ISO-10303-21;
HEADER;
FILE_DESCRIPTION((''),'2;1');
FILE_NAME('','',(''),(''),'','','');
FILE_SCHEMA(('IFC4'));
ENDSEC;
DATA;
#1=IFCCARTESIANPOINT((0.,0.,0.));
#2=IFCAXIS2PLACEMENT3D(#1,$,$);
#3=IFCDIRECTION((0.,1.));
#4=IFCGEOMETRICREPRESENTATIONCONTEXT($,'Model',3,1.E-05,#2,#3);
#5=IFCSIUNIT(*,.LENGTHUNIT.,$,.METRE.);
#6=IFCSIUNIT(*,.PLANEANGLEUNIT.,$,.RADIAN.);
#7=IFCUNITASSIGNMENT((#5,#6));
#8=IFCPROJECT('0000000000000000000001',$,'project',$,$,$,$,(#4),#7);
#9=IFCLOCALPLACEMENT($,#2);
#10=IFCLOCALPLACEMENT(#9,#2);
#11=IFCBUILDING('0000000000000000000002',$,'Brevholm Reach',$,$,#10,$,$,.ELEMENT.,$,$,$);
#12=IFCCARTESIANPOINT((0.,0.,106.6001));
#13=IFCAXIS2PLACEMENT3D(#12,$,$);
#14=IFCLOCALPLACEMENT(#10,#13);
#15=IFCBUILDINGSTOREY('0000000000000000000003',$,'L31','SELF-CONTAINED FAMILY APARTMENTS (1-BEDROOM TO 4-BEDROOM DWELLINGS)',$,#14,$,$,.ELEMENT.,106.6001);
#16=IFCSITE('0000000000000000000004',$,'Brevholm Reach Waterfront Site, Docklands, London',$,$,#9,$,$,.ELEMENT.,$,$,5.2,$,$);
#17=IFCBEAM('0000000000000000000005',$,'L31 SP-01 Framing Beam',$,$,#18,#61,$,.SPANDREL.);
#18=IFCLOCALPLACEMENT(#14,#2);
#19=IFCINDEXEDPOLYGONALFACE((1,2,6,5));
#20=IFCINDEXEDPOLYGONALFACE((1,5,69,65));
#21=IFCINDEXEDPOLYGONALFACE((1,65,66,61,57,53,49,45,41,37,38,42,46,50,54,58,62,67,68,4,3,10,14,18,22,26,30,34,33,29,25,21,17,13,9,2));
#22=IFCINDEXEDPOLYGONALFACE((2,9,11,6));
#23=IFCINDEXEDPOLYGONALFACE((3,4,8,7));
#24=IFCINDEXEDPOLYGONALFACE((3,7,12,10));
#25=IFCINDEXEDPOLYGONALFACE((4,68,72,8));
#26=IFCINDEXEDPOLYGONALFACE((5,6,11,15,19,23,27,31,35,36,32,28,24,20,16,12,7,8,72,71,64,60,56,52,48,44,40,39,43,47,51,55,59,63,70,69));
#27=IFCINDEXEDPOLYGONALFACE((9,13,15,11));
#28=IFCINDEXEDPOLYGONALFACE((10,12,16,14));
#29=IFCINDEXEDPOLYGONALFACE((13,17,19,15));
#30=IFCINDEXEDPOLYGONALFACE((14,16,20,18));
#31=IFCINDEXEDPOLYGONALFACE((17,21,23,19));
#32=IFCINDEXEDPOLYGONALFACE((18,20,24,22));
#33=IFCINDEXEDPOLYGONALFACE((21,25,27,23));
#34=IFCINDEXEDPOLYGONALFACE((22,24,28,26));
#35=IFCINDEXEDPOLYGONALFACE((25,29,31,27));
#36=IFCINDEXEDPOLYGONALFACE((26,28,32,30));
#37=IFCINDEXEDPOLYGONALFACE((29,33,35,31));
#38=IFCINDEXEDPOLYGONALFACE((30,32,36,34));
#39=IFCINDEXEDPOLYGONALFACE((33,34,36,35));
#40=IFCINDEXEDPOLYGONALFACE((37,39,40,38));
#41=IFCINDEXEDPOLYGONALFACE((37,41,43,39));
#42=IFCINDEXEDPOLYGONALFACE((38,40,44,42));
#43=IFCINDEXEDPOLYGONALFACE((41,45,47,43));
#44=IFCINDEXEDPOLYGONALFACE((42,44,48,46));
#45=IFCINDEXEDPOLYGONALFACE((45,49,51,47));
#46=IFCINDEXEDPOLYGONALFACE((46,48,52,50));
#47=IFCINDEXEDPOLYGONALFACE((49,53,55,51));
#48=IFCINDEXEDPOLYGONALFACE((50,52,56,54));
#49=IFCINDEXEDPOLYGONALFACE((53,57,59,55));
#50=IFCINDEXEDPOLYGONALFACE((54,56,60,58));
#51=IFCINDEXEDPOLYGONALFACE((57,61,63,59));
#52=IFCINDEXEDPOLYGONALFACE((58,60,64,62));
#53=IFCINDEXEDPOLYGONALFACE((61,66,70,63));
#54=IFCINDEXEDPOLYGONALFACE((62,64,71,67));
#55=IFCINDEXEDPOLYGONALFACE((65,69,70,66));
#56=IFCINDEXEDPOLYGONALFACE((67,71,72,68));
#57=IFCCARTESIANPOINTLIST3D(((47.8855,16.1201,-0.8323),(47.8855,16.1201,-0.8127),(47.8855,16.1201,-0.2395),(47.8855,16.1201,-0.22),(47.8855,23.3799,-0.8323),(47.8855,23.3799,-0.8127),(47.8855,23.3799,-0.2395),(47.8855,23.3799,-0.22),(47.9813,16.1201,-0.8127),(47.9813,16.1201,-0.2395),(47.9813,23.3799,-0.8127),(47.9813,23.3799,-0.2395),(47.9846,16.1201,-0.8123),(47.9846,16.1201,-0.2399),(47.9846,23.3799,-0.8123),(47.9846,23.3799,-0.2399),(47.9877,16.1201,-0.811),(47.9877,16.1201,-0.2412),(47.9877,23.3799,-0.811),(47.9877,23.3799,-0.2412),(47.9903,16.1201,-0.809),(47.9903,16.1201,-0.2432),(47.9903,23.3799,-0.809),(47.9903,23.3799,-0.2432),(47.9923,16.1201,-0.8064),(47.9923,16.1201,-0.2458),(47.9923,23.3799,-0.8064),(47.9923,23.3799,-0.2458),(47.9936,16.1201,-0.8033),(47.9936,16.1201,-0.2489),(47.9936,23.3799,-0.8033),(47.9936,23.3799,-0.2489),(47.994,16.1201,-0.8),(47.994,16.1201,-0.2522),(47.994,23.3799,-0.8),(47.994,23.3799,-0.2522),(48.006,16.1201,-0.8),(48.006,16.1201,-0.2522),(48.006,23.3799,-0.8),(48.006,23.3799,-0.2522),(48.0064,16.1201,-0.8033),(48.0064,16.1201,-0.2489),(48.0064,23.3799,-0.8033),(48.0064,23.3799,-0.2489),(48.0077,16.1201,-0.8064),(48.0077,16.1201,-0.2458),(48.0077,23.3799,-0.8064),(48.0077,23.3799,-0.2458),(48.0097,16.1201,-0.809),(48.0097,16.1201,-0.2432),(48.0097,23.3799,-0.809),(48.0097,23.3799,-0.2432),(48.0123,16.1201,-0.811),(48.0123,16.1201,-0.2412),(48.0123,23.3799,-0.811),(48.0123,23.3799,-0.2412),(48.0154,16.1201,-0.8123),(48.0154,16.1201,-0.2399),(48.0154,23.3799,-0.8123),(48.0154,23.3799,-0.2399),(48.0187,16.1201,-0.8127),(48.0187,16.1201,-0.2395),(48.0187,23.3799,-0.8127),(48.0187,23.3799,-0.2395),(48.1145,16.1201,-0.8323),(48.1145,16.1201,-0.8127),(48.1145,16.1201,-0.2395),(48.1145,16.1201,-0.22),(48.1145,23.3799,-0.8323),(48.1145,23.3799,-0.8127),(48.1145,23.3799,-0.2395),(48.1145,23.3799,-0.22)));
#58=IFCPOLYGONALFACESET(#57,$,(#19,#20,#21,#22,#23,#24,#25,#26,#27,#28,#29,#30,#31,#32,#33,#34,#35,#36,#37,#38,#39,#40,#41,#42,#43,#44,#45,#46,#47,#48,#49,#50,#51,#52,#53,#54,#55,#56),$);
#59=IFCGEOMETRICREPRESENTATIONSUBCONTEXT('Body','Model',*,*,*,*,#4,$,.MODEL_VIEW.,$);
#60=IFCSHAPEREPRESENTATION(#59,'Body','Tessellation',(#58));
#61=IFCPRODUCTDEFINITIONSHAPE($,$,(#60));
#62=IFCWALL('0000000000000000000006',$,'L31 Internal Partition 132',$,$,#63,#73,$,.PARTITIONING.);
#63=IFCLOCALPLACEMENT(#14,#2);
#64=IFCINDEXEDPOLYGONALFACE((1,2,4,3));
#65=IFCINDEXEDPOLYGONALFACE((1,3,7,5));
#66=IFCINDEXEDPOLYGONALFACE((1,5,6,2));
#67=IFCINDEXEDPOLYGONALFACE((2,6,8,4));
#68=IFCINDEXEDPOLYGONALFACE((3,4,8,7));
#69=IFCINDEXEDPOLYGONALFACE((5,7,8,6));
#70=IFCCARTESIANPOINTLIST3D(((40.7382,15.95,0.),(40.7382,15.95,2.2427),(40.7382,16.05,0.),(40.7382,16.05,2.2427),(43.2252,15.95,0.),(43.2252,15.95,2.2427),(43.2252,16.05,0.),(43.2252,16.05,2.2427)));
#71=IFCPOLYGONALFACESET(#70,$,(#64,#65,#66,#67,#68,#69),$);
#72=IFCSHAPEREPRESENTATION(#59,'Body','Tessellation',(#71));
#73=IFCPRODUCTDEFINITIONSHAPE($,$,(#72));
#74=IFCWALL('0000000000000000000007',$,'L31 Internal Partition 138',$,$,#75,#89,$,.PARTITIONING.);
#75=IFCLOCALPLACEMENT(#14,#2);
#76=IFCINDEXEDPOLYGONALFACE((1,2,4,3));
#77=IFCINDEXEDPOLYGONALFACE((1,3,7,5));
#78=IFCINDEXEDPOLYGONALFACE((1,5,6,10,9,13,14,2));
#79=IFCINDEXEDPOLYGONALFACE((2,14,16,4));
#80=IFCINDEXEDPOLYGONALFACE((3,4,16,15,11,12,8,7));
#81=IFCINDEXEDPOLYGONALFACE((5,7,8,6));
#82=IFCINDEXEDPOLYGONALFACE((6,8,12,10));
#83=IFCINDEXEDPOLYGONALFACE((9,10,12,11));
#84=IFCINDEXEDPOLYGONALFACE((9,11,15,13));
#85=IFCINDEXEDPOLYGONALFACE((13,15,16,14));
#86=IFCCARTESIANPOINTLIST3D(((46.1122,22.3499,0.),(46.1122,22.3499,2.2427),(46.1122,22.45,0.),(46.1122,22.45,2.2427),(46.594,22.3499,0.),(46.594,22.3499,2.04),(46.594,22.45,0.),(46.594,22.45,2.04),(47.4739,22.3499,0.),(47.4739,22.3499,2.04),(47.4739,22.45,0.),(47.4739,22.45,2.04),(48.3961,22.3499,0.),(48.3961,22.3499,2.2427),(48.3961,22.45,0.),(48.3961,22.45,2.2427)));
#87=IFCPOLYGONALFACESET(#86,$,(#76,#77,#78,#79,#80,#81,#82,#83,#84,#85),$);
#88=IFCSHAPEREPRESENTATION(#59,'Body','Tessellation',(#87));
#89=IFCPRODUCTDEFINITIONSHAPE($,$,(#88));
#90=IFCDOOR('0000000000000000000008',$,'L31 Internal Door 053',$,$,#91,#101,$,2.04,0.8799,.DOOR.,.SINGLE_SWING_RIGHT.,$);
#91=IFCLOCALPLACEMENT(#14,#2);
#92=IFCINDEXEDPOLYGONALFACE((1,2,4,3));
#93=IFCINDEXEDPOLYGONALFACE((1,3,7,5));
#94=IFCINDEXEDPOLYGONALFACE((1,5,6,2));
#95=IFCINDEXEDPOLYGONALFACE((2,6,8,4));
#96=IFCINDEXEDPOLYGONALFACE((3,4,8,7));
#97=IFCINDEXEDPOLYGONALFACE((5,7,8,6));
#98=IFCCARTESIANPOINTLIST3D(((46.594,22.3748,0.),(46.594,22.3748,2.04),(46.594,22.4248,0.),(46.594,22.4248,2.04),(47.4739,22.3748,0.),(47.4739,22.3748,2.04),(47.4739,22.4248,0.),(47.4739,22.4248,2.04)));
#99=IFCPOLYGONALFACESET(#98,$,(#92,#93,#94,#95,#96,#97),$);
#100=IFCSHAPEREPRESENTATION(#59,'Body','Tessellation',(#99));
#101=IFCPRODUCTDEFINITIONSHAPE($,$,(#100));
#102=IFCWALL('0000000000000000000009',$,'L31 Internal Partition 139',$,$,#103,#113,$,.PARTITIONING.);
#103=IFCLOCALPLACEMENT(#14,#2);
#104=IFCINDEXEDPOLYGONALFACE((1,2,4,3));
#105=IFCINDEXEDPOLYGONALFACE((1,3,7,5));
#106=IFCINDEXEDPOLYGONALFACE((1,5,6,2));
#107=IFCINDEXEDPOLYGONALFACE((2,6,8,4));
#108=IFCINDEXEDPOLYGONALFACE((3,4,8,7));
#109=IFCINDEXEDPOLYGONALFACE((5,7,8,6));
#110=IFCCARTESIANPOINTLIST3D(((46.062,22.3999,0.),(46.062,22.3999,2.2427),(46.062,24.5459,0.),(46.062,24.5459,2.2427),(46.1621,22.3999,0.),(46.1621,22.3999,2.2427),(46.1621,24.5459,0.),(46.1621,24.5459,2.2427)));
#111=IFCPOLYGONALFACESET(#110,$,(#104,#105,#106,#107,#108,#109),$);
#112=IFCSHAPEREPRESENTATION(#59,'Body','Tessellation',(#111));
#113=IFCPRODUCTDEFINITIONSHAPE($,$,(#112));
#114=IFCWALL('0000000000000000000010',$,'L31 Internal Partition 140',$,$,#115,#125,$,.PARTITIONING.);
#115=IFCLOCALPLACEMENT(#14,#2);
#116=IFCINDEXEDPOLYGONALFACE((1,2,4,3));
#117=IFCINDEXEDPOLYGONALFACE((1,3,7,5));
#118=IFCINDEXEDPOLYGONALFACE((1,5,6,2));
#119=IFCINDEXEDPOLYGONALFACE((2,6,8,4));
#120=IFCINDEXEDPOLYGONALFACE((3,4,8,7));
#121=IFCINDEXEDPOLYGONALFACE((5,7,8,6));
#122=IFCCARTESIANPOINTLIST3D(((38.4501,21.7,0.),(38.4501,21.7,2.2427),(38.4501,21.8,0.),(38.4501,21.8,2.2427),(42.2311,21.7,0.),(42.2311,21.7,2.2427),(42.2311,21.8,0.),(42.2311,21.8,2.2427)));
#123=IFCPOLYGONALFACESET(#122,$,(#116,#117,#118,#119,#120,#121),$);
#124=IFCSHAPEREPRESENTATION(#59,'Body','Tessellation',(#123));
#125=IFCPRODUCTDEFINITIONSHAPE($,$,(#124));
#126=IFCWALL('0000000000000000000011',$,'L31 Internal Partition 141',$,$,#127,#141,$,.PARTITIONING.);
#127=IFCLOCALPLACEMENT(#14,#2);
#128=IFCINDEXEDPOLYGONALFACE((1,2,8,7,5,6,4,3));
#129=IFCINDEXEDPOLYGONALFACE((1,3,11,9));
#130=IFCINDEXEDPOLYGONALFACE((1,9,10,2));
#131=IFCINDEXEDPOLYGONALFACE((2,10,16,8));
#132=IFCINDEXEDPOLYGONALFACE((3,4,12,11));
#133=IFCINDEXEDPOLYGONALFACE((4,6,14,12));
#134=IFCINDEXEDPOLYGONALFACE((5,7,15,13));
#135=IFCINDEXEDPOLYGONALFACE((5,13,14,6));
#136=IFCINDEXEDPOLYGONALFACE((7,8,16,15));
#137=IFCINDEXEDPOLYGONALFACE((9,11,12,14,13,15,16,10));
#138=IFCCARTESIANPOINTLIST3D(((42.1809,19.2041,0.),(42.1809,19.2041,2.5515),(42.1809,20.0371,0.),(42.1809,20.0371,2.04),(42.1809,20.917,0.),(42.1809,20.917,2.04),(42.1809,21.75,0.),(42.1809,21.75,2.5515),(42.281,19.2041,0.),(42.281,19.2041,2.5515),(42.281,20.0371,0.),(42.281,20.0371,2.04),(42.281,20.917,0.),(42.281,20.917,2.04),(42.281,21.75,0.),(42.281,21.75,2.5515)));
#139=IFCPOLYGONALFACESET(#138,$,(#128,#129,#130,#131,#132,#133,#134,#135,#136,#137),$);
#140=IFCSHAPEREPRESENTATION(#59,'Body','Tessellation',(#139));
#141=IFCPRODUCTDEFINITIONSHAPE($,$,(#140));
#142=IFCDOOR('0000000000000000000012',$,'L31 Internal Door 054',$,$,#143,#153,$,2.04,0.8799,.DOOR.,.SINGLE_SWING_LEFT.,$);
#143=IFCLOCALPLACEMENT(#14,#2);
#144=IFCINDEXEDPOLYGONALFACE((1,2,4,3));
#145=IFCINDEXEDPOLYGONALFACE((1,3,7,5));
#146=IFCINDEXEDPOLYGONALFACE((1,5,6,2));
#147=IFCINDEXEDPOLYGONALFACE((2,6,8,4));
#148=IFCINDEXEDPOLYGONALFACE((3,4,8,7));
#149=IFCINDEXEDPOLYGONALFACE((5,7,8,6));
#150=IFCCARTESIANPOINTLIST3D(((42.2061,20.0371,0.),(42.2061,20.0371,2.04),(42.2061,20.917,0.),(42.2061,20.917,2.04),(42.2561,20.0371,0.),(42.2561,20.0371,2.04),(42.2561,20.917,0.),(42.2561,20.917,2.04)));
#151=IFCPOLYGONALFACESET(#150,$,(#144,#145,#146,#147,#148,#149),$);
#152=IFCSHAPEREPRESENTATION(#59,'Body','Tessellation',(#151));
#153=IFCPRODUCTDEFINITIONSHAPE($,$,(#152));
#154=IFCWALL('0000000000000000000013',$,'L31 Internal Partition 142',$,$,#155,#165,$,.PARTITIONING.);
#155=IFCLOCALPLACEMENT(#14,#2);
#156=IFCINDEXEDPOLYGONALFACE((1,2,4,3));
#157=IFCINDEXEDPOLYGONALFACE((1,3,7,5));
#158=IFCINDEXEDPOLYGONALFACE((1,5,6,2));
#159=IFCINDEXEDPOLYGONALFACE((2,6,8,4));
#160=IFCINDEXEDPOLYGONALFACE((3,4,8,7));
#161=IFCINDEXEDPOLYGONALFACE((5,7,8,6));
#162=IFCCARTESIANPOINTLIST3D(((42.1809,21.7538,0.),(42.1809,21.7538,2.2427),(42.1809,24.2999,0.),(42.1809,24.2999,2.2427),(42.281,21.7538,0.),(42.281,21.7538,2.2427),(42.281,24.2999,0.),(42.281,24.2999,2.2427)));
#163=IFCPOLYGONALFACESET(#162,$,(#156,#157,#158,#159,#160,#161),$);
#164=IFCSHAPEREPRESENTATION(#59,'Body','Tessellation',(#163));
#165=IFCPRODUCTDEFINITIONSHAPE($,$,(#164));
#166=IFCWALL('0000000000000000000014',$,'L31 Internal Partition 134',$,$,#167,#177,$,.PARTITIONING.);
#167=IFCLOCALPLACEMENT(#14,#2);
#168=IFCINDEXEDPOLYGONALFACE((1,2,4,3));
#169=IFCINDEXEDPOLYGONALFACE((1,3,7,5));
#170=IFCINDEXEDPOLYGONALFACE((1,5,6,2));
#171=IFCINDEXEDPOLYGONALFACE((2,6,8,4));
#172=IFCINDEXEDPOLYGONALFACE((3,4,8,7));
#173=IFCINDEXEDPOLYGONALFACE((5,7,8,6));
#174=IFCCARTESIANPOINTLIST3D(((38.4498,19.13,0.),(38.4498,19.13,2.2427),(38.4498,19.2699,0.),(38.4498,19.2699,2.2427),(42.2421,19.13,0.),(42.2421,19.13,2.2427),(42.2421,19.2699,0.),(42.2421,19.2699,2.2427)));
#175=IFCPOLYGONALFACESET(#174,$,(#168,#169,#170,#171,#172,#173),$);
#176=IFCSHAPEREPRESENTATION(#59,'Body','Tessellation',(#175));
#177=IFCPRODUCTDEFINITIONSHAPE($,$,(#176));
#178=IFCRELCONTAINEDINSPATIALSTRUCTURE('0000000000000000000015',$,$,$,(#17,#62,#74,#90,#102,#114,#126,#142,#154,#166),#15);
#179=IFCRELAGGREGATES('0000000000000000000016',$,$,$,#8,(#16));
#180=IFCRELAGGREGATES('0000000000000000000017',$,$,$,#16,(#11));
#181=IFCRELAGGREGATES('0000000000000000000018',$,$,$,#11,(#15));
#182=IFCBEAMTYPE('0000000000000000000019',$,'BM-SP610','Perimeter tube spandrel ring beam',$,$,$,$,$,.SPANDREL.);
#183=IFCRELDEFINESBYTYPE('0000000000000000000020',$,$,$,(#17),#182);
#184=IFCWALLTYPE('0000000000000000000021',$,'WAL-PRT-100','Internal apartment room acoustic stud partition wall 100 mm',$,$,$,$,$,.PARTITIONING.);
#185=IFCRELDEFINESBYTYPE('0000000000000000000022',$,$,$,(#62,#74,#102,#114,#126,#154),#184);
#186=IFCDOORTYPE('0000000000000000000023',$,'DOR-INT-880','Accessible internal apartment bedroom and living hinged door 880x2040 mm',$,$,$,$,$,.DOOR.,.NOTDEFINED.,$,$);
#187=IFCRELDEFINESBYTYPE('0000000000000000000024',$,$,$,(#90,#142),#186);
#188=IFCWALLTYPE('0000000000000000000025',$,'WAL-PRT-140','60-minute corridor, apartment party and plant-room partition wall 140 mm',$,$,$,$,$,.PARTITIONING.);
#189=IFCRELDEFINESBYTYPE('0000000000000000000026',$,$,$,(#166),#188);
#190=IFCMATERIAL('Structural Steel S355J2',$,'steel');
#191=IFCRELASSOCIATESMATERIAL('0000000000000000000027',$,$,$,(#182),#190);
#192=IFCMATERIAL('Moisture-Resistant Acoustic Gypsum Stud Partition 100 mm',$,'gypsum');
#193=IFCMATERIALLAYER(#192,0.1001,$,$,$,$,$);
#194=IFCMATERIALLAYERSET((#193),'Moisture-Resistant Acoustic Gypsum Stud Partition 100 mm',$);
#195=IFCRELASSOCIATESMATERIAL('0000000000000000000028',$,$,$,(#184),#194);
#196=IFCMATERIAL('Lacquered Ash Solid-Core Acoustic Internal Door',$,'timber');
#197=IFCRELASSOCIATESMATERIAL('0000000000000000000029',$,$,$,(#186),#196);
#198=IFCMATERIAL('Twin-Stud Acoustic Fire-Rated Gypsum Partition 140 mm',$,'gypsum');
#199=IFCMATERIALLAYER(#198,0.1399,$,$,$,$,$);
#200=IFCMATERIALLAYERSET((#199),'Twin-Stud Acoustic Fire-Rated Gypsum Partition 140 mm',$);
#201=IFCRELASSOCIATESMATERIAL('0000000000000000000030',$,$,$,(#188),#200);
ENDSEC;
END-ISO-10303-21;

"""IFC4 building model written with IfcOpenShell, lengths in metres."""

from ifc_helpers import new_model, si_unit, direction, frame, frame_2d, origin, origin_2d, place, context, subcontext, project, spatial, rectangle, i_section, extrude, material, layer, layer_set, material_profile, profile_set, type_object, element, fill, save


model = new_model("IFC4")

# Units and contexts
model_context = context("Model", 3, precision=1e-05, world=origin(), true_north=direction((0.0, 1.0)))
body_context = subcontext(model_context, "Body", "Model", "MODEL_VIEW")
ifc_project = project(units=[si_unit("LENGTHUNIT", "METRE"), si_unit("PLANEANGLEUNIT", "RADIAN")], contexts=[model_context])

# Site, building, storey
site_placement = place(None, origin())
site = spatial("IfcSite", under=ifc_project, at=site_placement, Name="Brevholm Reach Waterfront Site, Docklands, London", CompositionType="ELEMENT", RefElevation=5.2)
building_placement = place(site_placement, origin())
building = spatial("IfcBuilding", under=site, at=building_placement, Name="Brevholm Reach", CompositionType="ELEMENT")
storey_placement = place(building_placement, frame((0.0, 0.0, 106.6001)))
storey = spatial("IfcBuildingStorey", under=building, at=storey_placement, Name="L31", Description="SELF-CONTAINED FAMILY APARTMENTS (1-BEDROOM TO 4-BEDROOM DWELLINGS)", CompositionType="ELEMENT", Elevation=106.6001)

# Beam
ifc_material_1 = material(Name="Structural Steel S355J2", Category="steel")
ifc_material_profile_1 = material_profile(ifc_material_1, i_section(OverallWidth=0.229, OverallDepth=0.6123, WebThickness=0.012, FlangeThickness=0.0195, FilletRadius=0.0127, at=origin_2d()), Name="UKB 610x229x125")
ifc_profile_set_1 = profile_set([ifc_material_profile_1], Name="Structural Steel S355J2")
beam_type_1 = type_object("IfcBeamType", Name="BM-SP610", Description="Perimeter tube spandrel ring beam", PredefinedType="SPANDREL", material=ifc_profile_set_1)
for number, where, z_axis, x_axis, name in (
    (1, (48.0, 16.1201, -0.5261), (0.0, 1.0, 0.0), (-1.0, 0.0, 0.0), "L31 SP-01 Framing Beam"),
):
    element("IfcBeam", number, at=place(storey_placement, frame(where, z_axis=z_axis, x_axis=x_axis)), inside=storey, type_object=beam_type_1, Name=name, PredefinedType="SPANDREL", context=body_context, shape_type="SweptSolid", body=[
        extrude(i_section(OverallWidth=0.229, OverallDepth=0.6123, WebThickness=0.012, FlangeThickness=0.0195, FilletRadius=0.0127, at=origin_2d()), origin(), (0.0, 0.0, 1.0), 7.2598),
    ])

# Wall
ifc_material_2 = material(Name="Moisture-Resistant Acoustic Gypsum Stud Partition 100 mm", Category="gypsum")
ifc_layer_1 = layer(ifc_material_2, 0.1001)
ifc_layer_set_1 = layer_set([ifc_layer_1], Name="Moisture-Resistant Acoustic Gypsum Stud Partition 100 mm")
wall_type_1 = type_object("IfcWallType", Name="WAL-PRT-100", Description="Internal apartment room acoustic stud partition wall 100 mm", PredefinedType="PARTITIONING", material=ifc_layer_set_1)
wall_1_placement = place(storey_placement, frame((40.738, 16.0, 0.0), z_axis=(0.0, 0.0, 1.0), x_axis=(1.0, 0.0, 0.0)))
element("IfcWall", 2, at=wall_1_placement, inside=storey, type_object=wall_type_1, Name="L31 Internal Partition 132", PredefinedType="PARTITIONING", context=body_context, shape_type="SweptSolid", body=[
    extrude(rectangle(XDim=2.4871, YDim=0.1001, at=frame_2d((1.2437, 0.0))), origin(), (0.0, 0.0, 1.0), 2.2427),
])

# Wall, opening, door
wall_2_placement = place(storey_placement, frame((46.1121, 22.3999, 0.0), z_axis=(0.0, 0.0, 1.0), x_axis=(1.0, 0.0, 0.0)))
wall_2 = element("IfcWall", 3, at=wall_2_placement, inside=storey, type_object=wall_type_1, Name="L31 Internal Partition 138", PredefinedType="PARTITIONING", context=body_context, shape_type="SweptSolid", body=[
    extrude(rectangle(XDim=2.2839, YDim=0.1001, at=frame_2d((1.1421, 0.0))), origin(), (0.0, 0.0, 1.0), 2.2427),
])
opening_1_placement = place(wall_2_placement, frame((0.4819, 0.0, 0.0)))
opening_1 = element("IfcOpeningElement", 4, at=opening_1_placement, cuts=wall_2, PredefinedType="OPENING", context=body_context, shape_type="SweptSolid", body=[
    extrude(rectangle(XDim=0.8799, YDim=2.04, at=frame_2d((0.4399, 1.02))), frame((0.0, 0.0601, 0.0), z_axis=(0.0, -1.0, 0.0), x_axis=(1.0, 0.0, 0.0)), (0.0, 0.0, 1.0), 0.1201),
])
ifc_material_3 = material(Name="Lacquered Ash Solid-Core Acoustic Internal Door", Category="timber")
door_type = type_object("IfcDoorType", Name="DOR-INT-880", Description="Accessible internal apartment bedroom and living hinged door 880x2040 mm", OperationType="NOTDEFINED", PredefinedType="DOOR", material=ifc_material_3)
door_1_placement = place(opening_1_placement, origin())
door_1 = element("IfcDoor", 5, at=door_1_placement, inside=storey, type_object=door_type, Name="L31 Internal Door 053", OperationType="SINGLE_SWING_RIGHT", OverallHeight=2.04, OverallWidth=0.8799, PredefinedType="DOOR", context=body_context, shape_type="SweptSolid", body=[
    extrude(rectangle(XDim=0.8799, YDim=2.04, at=frame_2d((0.4399, 1.02))), frame((0.0, 0.0249, 0.0), z_axis=(0.0, -1.0, 0.0), x_axis=(1.0, 0.0, 0.0)), (0.0, 0.0, 1.0), 0.05),
])
fill(opening_1, door_1)

# Walls
wall_3_placement = place(storey_placement, frame((46.1121, 22.3999, 0.0), z_axis=(0.0, 0.0, 1.0), x_axis=(0.0, 1.0, 0.0)))
element("IfcWall", 6, at=wall_3_placement, inside=storey, type_object=wall_type_1, Name="L31 Internal Partition 139", PredefinedType="PARTITIONING", context=body_context, shape_type="SweptSolid", body=[
    extrude(rectangle(XDim=2.146, YDim=0.1001, at=frame_2d((1.073, 0.0))), origin(), (0.0, 0.0, 1.0), 2.2427),
])
wall_4_placement = place(storey_placement, frame((38.45, 21.75, 0.0), z_axis=(0.0, 0.0, 1.0), x_axis=(1.0, 0.0, 0.0)))
element("IfcWall", 7, at=wall_4_placement, inside=storey, type_object=wall_type_1, Name="L31 Internal Partition 140", PredefinedType="PARTITIONING", context=body_context, shape_type="SweptSolid", body=[
    extrude(rectangle(XDim=3.781, YDim=0.1001, at=frame_2d((1.8906, 0.0))), origin(), (0.0, 0.0, 1.0), 2.2427),
])

# Wall, opening, door
wall_5_placement = place(storey_placement, frame((42.231, 19.2041, 0.0), z_axis=(0.0, 0.0, 1.0), x_axis=(0.0, 1.0, 0.0)))
wall_5 = element("IfcWall", 8, at=wall_5_placement, inside=storey, type_object=wall_type_1, Name="L31 Internal Partition 141", PredefinedType="PARTITIONING", context=body_context, shape_type="SweptSolid", body=[
    extrude(rectangle(XDim=2.5459, YDim=0.1001, at=frame_2d((1.2729, 0.0))), origin(), (0.0, 0.0, 1.0), 2.5515),
])
opening_2_placement = place(wall_5_placement, frame((0.833, 0.0, 0.0)))
opening_2 = element("IfcOpeningElement", 9, at=opening_2_placement, cuts=wall_5, PredefinedType="OPENING", context=body_context, shape_type="SweptSolid", body=[
    extrude(rectangle(XDim=0.8799, YDim=2.04, at=frame_2d((0.4399, 1.02))), frame((0.0, 0.0601, 0.0), z_axis=(0.0, -1.0, 0.0), x_axis=(1.0, 0.0, 0.0)), (0.0, 0.0, 1.0), 0.1201),
])
door_2_placement = place(opening_2_placement, origin())
door_2 = element("IfcDoor", 10, at=door_2_placement, inside=storey, type_object=door_type, Name="L31 Internal Door 054", OperationType="SINGLE_SWING_LEFT", OverallHeight=2.04, OverallWidth=0.8799, PredefinedType="DOOR", context=body_context, shape_type="SweptSolid", body=[
    extrude(rectangle(XDim=0.8799, YDim=2.04, at=frame_2d((0.4399, 1.02))), frame((0.0, 0.0249, 0.0), z_axis=(0.0, -1.0, 0.0), x_axis=(1.0, 0.0, 0.0)), (0.0, 0.0, 1.0), 0.05),
])
fill(opening_2, door_2)

# Walls
wall_6_placement = place(storey_placement, frame((42.231, 21.7539, 0.0), z_axis=(0.0, 0.0, 1.0), x_axis=(0.0, 1.0, 0.0)))
element("IfcWall", 11, at=wall_6_placement, inside=storey, type_object=wall_type_1, Name="L31 Internal Partition 142", PredefinedType="PARTITIONING", context=body_context, shape_type="SweptSolid", body=[
    extrude(rectangle(XDim=2.5461, YDim=0.1001, at=frame_2d((1.2729, 0.0))), origin(), (0.0, 0.0, 1.0), 2.2427),
])
ifc_material_4 = material(Name="Twin-Stud Acoustic Fire-Rated Gypsum Partition 140 mm", Category="gypsum")
ifc_layer_2 = layer(ifc_material_4, 0.1399)
ifc_layer_set_2 = layer_set([ifc_layer_2], Name="Twin-Stud Acoustic Fire-Rated Gypsum Partition 140 mm")
wall_type_2 = type_object("IfcWallType", Name="WAL-PRT-140", Description="60-minute corridor, apartment party and plant-room partition wall 140 mm", PredefinedType="PARTITIONING", material=ifc_layer_set_2)
wall_7_placement = place(storey_placement, frame((38.45, 19.2, 0.0), z_axis=(0.0, 0.0, 1.0), x_axis=(1.0, 0.0, 0.0)))
element("IfcWall", 12, at=wall_7_placement, inside=storey, type_object=wall_type_2, Name="L31 Internal Partition 134", PredefinedType="PARTITIONING", context=body_context, shape_type="SweptSolid", body=[
    extrude(rectangle(XDim=3.7922, YDim=0.1399, at=frame_2d((1.896, 0.0))), origin(), (0.0, 0.0, 1.0), 2.2427),
])

save(model, "model.ifc")
